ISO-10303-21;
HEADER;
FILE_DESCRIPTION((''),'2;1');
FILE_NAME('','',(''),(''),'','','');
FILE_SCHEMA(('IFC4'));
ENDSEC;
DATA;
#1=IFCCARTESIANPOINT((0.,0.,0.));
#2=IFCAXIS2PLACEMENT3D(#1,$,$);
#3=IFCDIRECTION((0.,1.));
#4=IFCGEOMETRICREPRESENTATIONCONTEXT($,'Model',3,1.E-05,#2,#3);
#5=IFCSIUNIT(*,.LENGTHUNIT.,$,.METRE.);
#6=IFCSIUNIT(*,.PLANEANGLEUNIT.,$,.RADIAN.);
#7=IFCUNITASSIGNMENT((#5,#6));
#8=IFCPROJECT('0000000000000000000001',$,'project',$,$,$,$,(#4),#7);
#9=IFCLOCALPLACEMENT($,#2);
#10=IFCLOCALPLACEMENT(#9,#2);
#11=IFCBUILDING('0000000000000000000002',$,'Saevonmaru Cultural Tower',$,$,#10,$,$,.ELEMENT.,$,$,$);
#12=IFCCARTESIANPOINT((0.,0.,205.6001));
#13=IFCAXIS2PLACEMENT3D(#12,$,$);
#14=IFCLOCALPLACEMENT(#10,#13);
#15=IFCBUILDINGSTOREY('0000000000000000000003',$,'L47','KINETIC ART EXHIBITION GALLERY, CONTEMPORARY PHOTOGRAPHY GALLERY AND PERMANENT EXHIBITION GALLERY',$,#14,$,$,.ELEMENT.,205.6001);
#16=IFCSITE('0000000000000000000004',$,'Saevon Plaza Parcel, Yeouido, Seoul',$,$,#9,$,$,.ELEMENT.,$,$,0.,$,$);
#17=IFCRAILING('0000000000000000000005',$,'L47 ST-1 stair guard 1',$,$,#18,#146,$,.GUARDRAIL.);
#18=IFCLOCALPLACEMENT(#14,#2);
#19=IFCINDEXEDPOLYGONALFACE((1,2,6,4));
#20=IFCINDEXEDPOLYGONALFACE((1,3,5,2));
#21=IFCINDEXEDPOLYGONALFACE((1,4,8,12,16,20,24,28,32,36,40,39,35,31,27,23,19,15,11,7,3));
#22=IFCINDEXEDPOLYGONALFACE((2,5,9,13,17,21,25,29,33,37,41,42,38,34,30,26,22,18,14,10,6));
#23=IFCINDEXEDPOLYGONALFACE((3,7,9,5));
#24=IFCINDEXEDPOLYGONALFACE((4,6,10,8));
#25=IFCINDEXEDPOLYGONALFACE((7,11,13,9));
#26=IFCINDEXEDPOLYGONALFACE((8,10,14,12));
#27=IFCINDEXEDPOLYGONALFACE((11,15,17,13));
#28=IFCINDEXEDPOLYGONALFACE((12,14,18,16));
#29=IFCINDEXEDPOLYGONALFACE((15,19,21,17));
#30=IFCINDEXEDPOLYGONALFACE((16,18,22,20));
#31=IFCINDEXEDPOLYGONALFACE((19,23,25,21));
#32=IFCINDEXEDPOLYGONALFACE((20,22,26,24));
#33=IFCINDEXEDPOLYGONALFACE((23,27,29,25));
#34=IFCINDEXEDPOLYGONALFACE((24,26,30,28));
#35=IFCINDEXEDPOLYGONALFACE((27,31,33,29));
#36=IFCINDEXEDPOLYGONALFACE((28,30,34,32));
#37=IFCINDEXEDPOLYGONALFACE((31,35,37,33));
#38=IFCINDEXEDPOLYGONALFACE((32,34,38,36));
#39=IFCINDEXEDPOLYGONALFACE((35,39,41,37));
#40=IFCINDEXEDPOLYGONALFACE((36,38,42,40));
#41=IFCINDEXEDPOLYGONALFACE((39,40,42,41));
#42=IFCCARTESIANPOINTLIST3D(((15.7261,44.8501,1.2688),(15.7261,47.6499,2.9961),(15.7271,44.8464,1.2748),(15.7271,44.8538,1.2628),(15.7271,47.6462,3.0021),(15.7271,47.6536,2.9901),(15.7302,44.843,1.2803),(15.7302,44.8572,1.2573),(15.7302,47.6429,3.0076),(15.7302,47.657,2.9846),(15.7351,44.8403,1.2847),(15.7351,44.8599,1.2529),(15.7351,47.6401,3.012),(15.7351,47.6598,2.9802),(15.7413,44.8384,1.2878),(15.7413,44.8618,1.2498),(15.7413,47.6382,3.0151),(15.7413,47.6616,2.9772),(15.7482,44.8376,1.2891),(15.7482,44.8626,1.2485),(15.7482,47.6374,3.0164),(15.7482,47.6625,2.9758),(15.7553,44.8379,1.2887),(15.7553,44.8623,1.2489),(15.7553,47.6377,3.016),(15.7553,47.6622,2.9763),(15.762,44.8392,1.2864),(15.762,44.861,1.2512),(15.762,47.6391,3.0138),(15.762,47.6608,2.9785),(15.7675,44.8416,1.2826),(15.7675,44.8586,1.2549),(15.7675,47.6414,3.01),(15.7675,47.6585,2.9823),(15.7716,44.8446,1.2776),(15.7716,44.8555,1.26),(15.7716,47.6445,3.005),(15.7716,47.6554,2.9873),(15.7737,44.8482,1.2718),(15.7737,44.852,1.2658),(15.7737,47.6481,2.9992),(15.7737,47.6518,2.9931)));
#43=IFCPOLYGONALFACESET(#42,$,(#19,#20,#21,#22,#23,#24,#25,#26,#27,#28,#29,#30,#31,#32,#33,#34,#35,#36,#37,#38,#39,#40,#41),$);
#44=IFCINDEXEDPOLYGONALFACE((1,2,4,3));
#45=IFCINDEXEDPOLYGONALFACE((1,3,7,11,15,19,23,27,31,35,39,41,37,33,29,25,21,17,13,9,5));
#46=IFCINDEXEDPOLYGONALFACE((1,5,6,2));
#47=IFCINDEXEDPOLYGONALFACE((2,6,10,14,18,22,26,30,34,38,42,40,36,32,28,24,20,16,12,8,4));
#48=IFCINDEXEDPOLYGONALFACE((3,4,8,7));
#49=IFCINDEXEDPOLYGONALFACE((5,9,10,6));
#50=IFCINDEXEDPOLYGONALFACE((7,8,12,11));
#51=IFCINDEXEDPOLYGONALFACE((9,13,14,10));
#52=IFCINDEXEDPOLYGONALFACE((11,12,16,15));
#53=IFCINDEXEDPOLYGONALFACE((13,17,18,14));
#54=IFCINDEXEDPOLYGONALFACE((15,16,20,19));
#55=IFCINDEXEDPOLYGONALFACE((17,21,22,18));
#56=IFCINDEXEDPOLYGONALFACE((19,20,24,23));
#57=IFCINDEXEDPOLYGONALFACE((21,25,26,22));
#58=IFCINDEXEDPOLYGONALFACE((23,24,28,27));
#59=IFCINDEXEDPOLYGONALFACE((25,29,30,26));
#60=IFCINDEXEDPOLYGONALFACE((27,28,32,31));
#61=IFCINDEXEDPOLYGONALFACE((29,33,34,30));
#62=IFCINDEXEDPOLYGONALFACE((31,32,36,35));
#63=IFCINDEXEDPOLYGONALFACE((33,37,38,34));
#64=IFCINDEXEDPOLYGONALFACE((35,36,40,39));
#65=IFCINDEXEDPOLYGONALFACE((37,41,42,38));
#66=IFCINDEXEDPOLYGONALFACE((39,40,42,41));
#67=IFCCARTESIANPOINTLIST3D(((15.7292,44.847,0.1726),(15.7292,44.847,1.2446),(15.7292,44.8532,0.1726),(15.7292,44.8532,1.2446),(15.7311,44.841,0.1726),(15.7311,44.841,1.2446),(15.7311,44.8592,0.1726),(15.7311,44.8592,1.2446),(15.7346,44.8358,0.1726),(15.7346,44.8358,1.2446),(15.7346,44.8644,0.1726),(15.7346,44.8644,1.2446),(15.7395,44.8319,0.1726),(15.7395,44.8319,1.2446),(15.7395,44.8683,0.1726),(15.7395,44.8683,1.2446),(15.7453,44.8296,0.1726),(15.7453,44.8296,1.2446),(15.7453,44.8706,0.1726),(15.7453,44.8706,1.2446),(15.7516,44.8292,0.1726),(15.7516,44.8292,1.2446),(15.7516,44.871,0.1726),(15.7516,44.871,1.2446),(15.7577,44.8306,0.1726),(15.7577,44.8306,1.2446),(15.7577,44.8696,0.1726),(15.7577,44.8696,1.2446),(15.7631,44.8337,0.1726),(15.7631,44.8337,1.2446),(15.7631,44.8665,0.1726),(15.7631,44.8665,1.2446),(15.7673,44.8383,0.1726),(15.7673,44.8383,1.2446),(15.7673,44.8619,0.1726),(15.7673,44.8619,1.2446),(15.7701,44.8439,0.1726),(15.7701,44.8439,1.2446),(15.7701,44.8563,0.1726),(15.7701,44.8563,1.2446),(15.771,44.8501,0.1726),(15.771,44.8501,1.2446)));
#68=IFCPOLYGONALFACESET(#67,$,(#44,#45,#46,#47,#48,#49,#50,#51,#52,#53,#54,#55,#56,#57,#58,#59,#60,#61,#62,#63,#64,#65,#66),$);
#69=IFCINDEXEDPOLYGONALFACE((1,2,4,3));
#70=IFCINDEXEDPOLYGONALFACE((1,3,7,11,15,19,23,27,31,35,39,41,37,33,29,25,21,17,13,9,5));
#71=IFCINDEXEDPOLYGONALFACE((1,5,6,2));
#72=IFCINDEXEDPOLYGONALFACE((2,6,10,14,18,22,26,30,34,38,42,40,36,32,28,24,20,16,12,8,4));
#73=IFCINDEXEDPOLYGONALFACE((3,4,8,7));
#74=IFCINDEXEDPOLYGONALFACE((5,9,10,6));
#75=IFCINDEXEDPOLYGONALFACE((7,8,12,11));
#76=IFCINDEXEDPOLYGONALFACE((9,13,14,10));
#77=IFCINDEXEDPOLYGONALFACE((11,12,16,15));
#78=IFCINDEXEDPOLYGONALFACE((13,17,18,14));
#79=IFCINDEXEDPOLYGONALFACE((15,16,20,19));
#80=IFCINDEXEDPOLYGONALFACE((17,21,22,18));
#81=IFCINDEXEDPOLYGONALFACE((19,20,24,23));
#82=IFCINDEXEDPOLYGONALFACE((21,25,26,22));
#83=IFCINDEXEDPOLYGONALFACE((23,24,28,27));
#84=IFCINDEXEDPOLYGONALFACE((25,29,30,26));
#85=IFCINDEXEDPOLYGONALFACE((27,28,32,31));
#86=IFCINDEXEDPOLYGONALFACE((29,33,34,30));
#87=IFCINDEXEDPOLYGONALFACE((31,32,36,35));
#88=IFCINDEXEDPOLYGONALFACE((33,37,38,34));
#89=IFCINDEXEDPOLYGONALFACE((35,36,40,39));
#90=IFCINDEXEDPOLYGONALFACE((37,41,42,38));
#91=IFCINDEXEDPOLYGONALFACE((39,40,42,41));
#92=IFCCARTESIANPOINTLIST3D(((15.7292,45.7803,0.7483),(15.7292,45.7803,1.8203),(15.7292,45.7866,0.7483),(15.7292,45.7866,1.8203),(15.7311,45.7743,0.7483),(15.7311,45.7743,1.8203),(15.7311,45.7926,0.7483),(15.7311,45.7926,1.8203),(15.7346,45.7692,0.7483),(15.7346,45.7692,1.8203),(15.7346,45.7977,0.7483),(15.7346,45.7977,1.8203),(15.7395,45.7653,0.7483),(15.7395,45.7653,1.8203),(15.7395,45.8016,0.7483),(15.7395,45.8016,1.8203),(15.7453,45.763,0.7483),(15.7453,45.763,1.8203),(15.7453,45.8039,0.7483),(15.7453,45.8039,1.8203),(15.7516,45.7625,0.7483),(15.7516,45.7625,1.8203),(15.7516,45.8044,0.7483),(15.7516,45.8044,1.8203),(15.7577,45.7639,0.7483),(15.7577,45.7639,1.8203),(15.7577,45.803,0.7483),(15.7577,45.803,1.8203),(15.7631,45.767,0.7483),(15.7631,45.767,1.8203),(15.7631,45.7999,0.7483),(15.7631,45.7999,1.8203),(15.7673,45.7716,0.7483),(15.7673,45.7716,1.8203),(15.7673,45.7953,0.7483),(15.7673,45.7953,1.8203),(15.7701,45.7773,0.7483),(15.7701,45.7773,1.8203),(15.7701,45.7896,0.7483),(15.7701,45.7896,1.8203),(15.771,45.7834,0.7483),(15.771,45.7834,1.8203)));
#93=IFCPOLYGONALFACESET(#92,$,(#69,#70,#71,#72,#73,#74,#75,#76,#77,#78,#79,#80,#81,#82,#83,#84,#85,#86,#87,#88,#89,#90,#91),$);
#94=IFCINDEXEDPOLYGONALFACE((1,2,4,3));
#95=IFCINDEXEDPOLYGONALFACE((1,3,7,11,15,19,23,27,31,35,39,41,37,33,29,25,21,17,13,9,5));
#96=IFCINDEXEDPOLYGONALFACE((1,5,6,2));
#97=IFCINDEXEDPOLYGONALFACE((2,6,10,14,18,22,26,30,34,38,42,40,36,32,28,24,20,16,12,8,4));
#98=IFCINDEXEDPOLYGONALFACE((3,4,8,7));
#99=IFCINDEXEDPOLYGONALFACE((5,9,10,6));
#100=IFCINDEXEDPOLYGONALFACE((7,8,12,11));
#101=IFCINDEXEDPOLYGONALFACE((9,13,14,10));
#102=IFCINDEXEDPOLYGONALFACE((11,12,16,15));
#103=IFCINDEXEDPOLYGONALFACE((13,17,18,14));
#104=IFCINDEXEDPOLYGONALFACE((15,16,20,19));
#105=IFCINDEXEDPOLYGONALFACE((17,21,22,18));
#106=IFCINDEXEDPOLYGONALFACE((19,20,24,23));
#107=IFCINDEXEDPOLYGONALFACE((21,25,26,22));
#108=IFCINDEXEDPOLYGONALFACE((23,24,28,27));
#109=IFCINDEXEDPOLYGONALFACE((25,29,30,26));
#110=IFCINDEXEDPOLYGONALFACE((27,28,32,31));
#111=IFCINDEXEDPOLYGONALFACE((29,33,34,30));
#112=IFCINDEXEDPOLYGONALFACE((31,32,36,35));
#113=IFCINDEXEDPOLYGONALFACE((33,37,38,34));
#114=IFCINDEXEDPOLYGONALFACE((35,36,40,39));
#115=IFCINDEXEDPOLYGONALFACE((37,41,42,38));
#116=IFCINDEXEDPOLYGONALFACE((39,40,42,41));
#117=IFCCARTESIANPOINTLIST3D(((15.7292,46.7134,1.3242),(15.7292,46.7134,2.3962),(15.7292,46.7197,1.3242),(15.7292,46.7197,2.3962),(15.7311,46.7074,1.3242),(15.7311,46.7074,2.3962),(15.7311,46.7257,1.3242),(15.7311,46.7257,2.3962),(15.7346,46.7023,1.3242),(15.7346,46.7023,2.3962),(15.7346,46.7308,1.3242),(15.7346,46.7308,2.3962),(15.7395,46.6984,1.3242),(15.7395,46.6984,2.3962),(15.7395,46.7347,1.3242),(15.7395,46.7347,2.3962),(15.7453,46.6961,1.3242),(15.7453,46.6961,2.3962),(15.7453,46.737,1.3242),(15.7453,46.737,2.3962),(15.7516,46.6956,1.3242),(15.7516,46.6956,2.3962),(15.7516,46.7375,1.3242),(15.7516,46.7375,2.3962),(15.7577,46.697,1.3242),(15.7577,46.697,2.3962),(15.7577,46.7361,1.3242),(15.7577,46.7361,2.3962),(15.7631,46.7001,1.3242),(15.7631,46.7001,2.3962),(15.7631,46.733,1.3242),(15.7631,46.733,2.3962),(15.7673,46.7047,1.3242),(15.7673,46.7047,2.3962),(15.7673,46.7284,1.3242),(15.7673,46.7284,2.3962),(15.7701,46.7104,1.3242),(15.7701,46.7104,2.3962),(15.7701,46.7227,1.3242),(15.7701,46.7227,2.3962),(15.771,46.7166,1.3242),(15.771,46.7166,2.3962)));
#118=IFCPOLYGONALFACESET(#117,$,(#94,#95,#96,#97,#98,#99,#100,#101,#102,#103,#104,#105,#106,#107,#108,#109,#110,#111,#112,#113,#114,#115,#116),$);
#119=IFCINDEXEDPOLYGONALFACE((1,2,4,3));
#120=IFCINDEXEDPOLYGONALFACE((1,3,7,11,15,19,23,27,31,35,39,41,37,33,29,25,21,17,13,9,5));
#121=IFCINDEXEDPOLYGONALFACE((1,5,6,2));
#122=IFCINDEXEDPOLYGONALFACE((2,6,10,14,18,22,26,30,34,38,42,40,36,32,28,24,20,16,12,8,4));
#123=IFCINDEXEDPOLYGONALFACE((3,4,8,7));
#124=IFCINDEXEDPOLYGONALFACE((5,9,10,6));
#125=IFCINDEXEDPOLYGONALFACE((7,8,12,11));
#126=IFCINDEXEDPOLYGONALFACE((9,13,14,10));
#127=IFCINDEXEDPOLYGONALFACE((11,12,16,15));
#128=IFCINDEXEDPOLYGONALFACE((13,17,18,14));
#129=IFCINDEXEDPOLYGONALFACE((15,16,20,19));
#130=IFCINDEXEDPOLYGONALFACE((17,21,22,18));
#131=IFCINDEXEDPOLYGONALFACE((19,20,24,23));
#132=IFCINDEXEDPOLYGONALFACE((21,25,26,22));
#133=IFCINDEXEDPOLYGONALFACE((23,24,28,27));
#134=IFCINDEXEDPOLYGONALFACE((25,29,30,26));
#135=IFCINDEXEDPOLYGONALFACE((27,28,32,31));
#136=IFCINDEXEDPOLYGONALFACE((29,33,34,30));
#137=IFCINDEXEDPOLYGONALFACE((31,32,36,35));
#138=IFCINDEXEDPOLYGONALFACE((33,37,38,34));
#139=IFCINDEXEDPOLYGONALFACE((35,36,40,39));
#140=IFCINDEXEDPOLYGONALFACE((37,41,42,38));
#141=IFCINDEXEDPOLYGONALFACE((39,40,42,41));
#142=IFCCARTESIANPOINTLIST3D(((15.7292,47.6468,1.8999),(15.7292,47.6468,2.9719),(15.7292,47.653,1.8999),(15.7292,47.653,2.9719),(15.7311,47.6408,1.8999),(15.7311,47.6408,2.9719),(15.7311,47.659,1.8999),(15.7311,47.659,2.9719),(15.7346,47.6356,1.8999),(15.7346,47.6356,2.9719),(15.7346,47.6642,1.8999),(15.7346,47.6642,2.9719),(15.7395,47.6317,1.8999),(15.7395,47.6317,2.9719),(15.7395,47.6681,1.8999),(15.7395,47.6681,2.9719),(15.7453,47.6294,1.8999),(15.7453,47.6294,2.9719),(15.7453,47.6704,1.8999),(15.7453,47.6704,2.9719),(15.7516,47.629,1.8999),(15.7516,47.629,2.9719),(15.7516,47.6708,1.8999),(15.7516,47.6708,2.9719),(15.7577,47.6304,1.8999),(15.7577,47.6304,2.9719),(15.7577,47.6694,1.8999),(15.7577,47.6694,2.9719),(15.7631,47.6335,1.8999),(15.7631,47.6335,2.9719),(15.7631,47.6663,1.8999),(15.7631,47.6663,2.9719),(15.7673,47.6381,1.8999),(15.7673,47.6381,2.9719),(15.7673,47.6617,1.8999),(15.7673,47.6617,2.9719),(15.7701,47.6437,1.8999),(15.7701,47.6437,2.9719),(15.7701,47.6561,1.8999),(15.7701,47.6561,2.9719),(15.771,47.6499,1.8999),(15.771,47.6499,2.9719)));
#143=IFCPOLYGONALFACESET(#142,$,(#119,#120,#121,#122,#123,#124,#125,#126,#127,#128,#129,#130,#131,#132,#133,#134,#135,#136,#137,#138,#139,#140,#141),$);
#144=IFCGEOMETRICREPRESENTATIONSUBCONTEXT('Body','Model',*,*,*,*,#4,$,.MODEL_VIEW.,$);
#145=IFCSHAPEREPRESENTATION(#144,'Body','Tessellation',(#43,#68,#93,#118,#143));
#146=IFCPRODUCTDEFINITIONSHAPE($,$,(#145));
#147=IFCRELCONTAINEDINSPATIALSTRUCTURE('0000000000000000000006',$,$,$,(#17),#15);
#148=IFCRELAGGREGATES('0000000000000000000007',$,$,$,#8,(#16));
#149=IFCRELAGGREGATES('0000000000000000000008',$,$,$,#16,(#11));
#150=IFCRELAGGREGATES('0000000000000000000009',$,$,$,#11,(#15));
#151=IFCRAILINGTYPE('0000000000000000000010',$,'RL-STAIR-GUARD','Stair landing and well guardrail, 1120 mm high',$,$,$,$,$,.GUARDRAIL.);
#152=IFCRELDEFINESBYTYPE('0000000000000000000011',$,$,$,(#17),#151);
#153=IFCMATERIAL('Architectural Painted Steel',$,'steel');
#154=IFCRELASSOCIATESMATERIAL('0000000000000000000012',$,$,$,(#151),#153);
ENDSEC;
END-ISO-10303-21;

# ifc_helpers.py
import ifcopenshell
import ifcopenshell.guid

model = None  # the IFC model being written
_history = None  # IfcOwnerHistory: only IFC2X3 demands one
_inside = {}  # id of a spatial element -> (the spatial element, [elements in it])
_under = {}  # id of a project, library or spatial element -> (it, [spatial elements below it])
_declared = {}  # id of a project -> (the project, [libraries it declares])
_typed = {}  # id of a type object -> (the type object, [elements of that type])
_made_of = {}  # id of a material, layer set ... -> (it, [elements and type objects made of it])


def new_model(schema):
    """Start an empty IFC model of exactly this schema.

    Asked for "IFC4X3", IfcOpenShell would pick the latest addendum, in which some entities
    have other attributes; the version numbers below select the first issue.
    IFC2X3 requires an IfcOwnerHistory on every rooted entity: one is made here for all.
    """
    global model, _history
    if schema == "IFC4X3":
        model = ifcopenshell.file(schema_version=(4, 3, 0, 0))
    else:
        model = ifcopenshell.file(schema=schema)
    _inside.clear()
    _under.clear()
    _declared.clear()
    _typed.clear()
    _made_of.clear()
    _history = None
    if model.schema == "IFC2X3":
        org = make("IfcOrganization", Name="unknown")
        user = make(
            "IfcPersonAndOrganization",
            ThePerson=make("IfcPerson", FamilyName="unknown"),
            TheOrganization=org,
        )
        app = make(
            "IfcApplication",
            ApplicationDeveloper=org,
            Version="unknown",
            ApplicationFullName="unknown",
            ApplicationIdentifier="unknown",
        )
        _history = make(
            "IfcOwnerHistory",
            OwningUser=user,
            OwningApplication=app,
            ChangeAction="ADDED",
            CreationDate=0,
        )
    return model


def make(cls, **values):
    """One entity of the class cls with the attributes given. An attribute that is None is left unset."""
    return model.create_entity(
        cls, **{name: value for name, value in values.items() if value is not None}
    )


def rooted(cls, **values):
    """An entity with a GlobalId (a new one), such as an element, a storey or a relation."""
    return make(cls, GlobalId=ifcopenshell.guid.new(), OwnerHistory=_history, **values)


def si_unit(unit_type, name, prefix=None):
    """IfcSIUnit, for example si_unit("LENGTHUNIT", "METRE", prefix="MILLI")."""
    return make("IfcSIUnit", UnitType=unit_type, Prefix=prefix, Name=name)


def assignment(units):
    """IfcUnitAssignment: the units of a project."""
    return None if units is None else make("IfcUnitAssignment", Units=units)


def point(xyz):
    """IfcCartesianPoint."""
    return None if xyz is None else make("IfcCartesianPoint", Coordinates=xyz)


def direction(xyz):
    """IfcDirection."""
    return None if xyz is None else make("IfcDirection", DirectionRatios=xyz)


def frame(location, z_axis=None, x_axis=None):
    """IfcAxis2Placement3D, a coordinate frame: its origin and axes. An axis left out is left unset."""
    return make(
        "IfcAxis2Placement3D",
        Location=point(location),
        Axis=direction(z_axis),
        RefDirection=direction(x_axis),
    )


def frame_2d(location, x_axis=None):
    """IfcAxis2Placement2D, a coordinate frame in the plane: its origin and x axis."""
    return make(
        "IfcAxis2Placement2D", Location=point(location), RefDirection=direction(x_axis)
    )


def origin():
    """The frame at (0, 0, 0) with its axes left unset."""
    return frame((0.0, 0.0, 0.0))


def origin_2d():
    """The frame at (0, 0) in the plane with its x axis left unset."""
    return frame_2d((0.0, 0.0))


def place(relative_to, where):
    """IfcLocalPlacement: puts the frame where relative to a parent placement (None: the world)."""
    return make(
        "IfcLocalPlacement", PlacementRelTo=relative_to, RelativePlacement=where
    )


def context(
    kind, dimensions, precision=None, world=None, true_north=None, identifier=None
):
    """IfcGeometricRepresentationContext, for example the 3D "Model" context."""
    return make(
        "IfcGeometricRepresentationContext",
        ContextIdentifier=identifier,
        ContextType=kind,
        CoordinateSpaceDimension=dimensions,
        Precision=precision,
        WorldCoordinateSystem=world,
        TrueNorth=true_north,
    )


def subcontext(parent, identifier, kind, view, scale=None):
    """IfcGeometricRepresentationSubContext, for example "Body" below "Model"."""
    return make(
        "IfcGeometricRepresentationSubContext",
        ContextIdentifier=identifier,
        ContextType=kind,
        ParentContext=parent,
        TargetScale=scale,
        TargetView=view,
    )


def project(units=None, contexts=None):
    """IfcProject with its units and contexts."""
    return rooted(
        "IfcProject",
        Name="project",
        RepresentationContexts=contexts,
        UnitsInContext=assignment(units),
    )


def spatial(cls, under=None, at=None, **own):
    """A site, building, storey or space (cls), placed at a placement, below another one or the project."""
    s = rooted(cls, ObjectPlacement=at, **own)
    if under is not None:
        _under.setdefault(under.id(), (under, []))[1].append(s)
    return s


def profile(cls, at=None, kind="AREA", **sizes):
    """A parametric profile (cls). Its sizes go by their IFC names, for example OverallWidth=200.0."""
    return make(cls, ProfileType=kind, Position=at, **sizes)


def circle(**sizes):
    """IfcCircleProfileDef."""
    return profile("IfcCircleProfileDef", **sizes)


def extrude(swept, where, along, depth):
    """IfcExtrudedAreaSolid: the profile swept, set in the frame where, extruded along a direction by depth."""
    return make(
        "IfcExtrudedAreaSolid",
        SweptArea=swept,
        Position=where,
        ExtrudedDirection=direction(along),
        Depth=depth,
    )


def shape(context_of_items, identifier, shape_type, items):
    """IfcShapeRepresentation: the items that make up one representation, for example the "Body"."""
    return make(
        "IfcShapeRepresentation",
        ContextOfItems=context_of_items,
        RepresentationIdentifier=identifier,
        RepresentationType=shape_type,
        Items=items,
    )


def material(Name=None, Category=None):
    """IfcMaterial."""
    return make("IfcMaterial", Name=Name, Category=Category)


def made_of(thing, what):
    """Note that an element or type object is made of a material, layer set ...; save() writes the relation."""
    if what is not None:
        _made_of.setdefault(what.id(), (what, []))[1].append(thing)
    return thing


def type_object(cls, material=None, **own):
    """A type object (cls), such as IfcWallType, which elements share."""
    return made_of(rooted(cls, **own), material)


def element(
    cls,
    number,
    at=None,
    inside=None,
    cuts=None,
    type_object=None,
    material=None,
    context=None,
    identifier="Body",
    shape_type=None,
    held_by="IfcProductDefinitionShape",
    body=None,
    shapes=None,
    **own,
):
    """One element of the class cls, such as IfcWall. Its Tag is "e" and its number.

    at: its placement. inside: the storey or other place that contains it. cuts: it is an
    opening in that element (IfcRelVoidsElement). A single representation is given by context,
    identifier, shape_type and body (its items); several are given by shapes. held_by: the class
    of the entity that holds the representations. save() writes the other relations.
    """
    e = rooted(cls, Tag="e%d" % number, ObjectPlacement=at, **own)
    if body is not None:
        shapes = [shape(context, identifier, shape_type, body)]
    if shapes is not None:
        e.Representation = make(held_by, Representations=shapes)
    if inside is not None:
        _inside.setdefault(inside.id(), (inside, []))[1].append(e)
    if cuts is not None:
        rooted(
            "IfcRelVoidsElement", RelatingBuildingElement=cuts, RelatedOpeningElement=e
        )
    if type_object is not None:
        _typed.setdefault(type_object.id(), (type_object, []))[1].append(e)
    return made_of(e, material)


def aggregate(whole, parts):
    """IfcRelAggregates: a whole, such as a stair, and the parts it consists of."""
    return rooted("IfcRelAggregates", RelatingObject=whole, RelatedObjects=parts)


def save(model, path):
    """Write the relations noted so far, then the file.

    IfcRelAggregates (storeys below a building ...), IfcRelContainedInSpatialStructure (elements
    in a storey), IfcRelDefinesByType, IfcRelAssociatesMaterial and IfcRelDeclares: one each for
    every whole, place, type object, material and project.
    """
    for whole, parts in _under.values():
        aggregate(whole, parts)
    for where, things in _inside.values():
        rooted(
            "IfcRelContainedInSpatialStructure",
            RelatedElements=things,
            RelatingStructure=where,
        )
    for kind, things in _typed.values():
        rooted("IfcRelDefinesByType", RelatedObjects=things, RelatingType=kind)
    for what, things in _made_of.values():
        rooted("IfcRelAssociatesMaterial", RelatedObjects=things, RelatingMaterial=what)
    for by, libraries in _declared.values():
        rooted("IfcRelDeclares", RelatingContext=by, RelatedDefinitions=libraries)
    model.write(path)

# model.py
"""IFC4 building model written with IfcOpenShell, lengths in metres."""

from ifc_helpers import new_model, si_unit, direction, frame, origin, origin_2d, place, context, subcontext, project, spatial, circle, extrude, material, type_object, element, save


model = new_model("IFC4")

# Units and contexts
model_context = context("Model", 3, precision=1e-05, world=origin(), true_north=direction((0.0, 1.0)))
body_context = subcontext(model_context, "Body", "Model", "MODEL_VIEW")
ifc_project = project(units=[si_unit("LENGTHUNIT", "METRE"), si_unit("PLANEANGLEUNIT", "RADIAN")], contexts=[model_context])

# Site, building, storey
site_placement = place(None, origin())
site = spatial("IfcSite", under=ifc_project, at=site_placement, Name="Saevon Plaza Parcel, Yeouido, Seoul", CompositionType="ELEMENT", RefElevation=0.0)
building_placement = place(site_placement, origin())
building = spatial("IfcBuilding", under=site, at=building_placement, Name="Saevonmaru Cultural Tower", CompositionType="ELEMENT")
storey_placement = place(building_placement, frame((0.0, 0.0, 205.6001)))
storey = spatial("IfcBuildingStorey", under=building, at=storey_placement, Name="L47", Description="KINETIC ART EXHIBITION GALLERY, CONTEMPORARY PHOTOGRAPHY GALLERY AND PERMANENT EXHIBITION GALLERY", CompositionType="ELEMENT", Elevation=205.6001)

# Railing
ifc_material_1 = material(Name="Architectural Painted Steel", Category="steel")
railing_type_1 = type_object("IfcRailingType", Name="RL-STAIR-GUARD", Description="Stair landing and well guardrail, 1120 mm high", PredefinedType="GUARDRAIL", material=ifc_material_1)
railing_1_placement = place(storey_placement, frame((15.75, 44.8501, 0.1726)))
element("IfcRailing", 1, at=railing_1_placement, inside=storey, type_object=railing_type_1, Name="L47 ST-1 stair guard 1", PredefinedType="GUARDRAIL", context=body_context, shape_type="SweptSolid", body=[
    extrude(circle(Radius=0.0239, at=origin_2d()), frame((0.0, 0.0, 1.0962), z_axis=(0.0, 0.851069, 0.525054), x_axis=(-1.0, 0.0, 0.0)), (0.0, 0.0, 1.0), 3.2898),
    extrude(circle(Radius=0.021, at=origin_2d()), origin(), (0.0, 0.0, 1.0), 1.072),
    extrude(circle(Radius=0.021, at=origin_2d()), frame((0.0, 0.9333, 0.5757)), (0.0, 0.0, 1.0), 1.072),
    extrude(circle(Radius=0.021, at=origin_2d()), frame((0.0, 1.8665, 1.1516)), (0.0, 0.0, 1.0), 1.072),
    extrude(circle(Radius=0.021, at=origin_2d()), frame((0.0, 2.7998, 1.7273)), (0.0, 0.0, 1.0), 1.072),
])

save(model, "model.ifc")
